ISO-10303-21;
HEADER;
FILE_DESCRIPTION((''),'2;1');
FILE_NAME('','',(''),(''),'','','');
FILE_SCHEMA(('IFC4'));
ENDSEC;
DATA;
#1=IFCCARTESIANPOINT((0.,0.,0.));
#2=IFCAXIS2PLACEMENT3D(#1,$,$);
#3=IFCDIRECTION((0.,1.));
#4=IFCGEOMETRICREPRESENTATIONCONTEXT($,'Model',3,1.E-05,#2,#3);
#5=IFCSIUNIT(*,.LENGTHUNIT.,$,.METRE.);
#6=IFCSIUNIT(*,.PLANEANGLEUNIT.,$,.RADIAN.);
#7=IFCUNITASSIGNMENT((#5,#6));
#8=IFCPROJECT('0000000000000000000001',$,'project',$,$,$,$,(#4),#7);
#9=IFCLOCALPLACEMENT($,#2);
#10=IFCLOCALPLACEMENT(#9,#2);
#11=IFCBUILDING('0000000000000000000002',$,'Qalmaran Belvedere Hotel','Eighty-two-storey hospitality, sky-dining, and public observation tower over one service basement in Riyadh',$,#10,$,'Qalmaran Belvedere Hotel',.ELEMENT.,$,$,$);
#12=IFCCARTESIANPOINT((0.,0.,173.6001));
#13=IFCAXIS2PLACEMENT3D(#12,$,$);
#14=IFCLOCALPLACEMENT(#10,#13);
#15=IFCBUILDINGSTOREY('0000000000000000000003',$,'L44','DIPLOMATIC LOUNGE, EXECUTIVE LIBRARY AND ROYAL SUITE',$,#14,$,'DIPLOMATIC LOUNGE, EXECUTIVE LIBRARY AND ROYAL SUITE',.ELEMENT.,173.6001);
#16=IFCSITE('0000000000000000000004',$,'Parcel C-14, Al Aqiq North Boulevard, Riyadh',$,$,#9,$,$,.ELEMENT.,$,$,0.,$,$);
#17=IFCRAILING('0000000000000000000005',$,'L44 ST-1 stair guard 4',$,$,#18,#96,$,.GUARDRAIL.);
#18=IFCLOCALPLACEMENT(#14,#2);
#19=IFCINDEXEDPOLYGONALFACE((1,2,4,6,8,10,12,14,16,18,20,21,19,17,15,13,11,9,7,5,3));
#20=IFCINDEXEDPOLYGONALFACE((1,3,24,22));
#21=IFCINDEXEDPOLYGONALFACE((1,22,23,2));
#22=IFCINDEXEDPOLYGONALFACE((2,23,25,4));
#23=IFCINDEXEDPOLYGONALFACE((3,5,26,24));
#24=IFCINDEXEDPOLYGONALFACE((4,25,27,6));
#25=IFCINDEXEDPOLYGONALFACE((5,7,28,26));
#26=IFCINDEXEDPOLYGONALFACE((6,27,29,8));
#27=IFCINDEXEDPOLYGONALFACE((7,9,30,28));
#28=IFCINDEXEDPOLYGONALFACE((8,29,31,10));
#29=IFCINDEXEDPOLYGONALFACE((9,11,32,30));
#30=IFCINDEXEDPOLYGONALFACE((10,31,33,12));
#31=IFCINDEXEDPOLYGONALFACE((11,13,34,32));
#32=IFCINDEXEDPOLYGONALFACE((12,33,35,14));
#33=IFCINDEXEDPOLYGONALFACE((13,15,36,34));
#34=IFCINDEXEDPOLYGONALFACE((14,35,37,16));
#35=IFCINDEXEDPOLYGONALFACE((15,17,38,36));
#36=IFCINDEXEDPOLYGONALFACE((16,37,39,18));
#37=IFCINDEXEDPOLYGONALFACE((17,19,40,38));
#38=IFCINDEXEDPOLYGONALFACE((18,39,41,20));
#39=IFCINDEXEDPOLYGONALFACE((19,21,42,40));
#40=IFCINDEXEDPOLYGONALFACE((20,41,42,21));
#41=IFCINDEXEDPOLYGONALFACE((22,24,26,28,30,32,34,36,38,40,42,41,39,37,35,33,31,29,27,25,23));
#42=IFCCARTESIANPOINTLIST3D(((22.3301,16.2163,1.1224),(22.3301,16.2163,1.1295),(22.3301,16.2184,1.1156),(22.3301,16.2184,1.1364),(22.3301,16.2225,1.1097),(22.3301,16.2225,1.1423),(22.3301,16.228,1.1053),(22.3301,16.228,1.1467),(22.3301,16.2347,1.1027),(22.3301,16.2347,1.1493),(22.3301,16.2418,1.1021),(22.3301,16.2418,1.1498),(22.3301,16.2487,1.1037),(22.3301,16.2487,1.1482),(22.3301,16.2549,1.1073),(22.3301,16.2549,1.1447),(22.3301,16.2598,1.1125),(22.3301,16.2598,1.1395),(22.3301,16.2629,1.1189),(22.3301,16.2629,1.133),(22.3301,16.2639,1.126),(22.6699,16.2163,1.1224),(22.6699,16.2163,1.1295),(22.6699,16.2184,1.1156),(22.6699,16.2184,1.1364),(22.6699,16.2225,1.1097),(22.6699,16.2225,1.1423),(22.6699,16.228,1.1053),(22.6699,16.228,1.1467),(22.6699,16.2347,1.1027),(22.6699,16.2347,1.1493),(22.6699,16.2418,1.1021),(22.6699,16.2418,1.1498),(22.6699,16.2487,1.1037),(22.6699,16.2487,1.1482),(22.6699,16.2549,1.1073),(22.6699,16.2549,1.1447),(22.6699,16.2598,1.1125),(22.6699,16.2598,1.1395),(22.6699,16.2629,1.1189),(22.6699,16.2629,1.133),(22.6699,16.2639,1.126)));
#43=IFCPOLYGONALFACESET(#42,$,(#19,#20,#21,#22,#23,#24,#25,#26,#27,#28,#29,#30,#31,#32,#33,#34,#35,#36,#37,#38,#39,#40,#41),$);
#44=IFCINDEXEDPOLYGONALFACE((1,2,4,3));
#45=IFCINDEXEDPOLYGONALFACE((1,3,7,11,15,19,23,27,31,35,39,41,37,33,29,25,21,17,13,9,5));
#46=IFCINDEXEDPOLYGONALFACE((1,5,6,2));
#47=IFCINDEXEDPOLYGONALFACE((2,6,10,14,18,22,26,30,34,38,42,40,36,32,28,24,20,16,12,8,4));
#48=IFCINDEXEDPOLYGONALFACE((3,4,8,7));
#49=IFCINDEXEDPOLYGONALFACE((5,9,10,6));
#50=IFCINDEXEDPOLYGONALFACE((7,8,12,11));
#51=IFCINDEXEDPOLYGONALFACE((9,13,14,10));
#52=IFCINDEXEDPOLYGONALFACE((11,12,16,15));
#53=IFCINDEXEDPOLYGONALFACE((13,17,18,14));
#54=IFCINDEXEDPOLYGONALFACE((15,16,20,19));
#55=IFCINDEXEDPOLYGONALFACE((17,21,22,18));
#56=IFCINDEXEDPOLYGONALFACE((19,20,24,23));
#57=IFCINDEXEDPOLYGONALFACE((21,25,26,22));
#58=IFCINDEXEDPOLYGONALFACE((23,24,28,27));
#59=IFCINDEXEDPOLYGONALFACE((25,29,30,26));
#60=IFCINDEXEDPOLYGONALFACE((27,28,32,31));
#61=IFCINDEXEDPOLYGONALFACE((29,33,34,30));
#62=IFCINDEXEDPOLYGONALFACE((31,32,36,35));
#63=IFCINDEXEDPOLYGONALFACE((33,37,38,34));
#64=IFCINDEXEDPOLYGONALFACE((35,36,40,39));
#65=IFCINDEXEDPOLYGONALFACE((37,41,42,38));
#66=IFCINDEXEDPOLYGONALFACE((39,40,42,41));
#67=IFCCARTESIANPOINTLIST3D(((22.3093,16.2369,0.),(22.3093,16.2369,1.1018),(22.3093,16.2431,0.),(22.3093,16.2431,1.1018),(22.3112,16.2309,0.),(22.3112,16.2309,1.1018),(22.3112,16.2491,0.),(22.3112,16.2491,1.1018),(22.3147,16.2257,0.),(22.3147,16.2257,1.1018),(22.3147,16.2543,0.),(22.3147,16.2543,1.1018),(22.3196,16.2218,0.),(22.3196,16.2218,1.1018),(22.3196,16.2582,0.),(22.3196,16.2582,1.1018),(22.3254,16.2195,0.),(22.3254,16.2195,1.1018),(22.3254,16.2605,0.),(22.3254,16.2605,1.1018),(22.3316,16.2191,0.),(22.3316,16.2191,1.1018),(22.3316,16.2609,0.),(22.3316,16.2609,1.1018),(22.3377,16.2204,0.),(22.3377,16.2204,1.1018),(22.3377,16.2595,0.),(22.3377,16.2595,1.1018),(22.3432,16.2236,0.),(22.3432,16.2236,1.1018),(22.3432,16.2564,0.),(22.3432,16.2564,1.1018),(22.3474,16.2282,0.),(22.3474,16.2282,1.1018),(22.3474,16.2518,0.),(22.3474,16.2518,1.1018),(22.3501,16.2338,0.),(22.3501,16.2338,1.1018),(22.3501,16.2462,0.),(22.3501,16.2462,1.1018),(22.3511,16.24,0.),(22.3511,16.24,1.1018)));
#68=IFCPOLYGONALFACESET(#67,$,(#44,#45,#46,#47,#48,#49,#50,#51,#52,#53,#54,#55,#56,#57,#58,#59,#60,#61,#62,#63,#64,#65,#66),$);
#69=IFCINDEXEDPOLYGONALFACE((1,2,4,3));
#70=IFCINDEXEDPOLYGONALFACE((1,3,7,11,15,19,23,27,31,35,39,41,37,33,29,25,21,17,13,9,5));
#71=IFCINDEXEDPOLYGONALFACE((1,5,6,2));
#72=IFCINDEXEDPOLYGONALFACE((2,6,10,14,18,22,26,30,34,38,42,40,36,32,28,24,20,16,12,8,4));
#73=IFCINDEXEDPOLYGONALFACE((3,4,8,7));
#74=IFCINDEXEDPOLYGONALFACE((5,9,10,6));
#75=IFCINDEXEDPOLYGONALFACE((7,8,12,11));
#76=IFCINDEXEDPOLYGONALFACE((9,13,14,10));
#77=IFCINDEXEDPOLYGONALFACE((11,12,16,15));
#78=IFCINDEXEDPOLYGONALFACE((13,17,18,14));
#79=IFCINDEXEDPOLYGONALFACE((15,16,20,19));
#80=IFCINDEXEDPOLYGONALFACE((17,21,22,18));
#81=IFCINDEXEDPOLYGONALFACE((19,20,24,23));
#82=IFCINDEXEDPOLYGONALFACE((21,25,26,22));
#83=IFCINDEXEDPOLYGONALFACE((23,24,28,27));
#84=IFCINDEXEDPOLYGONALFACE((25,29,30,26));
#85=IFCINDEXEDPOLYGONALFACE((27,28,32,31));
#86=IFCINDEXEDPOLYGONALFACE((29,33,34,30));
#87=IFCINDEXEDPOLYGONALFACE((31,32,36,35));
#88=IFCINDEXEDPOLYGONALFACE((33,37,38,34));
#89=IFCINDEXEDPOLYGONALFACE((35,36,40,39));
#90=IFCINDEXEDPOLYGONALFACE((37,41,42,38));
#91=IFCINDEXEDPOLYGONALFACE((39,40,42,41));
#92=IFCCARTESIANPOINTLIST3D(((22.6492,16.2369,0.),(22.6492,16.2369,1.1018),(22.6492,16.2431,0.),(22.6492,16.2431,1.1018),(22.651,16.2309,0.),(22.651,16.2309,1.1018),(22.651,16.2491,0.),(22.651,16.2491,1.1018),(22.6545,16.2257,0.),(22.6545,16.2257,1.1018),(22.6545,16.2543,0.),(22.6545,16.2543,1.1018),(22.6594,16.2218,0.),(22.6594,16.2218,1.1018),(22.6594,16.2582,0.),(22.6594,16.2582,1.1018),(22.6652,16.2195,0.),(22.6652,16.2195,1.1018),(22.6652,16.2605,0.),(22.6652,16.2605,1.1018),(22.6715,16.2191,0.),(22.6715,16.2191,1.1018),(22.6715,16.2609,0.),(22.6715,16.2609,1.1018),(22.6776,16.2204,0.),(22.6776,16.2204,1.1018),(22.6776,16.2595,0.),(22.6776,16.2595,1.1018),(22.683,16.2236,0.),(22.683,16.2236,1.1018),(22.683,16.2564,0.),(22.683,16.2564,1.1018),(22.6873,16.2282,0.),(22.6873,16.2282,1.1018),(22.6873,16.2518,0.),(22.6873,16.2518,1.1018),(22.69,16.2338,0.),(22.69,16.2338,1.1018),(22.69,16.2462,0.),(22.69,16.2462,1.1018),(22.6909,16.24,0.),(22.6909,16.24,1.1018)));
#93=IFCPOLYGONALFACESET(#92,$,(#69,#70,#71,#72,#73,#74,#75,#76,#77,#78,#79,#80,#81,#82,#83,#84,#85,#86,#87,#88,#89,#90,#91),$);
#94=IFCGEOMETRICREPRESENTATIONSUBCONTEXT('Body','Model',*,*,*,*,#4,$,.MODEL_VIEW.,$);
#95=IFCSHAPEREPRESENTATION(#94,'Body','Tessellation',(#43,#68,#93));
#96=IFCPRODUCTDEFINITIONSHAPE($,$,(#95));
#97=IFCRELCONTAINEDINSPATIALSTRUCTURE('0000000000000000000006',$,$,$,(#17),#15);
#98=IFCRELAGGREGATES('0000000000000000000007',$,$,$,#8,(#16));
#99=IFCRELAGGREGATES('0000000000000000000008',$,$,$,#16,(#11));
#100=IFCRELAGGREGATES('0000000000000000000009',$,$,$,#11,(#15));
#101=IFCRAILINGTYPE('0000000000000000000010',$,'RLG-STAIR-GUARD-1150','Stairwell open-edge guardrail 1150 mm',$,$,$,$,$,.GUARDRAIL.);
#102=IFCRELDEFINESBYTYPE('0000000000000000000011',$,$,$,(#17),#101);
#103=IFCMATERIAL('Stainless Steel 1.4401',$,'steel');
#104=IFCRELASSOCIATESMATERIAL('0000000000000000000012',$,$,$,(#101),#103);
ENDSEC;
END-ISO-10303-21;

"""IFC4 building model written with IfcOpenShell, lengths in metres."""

from ifc_helpers import new_model, si_unit, direction, frame, origin, origin_2d, place, context, subcontext, project, spatial, circle, extrude, material, type_object, element, save


model = new_model("IFC4")

# Units and contexts
model_context = context("Model", 3, precision=1e-05, world=origin(), true_north=direction((0.0, 1.0)))
body_context = subcontext(model_context, "Body", "Model", "MODEL_VIEW")
ifc_project = project(units=[si_unit("LENGTHUNIT", "METRE"), si_unit("PLANEANGLEUNIT", "RADIAN")], contexts=[model_context])

# Site, building, storey
site_placement = place(None, origin())
site = spatial("IfcSite", under=ifc_project, at=site_placement, Name="Parcel C-14, Al Aqiq North Boulevard, Riyadh", CompositionType="ELEMENT", RefElevation=0.0)
building_placement = place(site_placement, origin())
building = spatial("IfcBuilding", under=site, at=building_placement, Name="Qalmaran Belvedere Hotel", Description="Eighty-two-storey hospitality, sky-dining, and public observation tower over one service basement in Riyadh", LongName="Qalmaran Belvedere Hotel", CompositionType="ELEMENT")
storey_placement = place(building_placement, frame((0.0, 0.0, 173.6001)))
storey = spatial("IfcBuildingStorey", under=building, at=storey_placement, Name="L44", Description="DIPLOMATIC LOUNGE, EXECUTIVE LIBRARY AND ROYAL SUITE", LongName="DIPLOMATIC LOUNGE, EXECUTIVE LIBRARY AND ROYAL SUITE", CompositionType="ELEMENT", Elevation=173.6001)

# Shared definitions
ifc_material_1 = material(Name="Stainless Steel 1.4401", Category="steel")

# Railing
railing_type_1 = type_object("IfcRailingType", Name="RLG-STAIR-GUARD-1150", Description="Stairwell open-edge guardrail 1150 mm", PredefinedType="GUARDRAIL", material=ifc_material_1)
railing_1_placement = place(storey_placement, frame((22.3301, 16.24, 0.0)))
element("IfcRailing", 1, at=railing_1_placement, inside=storey, type_object=railing_type_1, Name="L44 ST-1 stair guard 4", PredefinedType="GUARDRAIL", context=body_context, shape_type="SweptSolid", body=[
    extrude(circle(Radius=0.0239, at=origin_2d()), frame((0.0, 0.0, 1.126), z_axis=(1.0, 0.0, 0.0), x_axis=(0.0, 1.0, 0.0)), (0.0, 0.0, 1.0), 0.3398),
    extrude(circle(Radius=0.021, at=origin_2d()), origin(), (0.0, 0.0, 1.0), 1.1018),
    extrude(circle(Radius=0.021, at=origin_2d()), frame((0.3398, 0.0, 0.0)), (0.0, 0.0, 1.0), 1.1018),
])

save(model, "model.ifc")
